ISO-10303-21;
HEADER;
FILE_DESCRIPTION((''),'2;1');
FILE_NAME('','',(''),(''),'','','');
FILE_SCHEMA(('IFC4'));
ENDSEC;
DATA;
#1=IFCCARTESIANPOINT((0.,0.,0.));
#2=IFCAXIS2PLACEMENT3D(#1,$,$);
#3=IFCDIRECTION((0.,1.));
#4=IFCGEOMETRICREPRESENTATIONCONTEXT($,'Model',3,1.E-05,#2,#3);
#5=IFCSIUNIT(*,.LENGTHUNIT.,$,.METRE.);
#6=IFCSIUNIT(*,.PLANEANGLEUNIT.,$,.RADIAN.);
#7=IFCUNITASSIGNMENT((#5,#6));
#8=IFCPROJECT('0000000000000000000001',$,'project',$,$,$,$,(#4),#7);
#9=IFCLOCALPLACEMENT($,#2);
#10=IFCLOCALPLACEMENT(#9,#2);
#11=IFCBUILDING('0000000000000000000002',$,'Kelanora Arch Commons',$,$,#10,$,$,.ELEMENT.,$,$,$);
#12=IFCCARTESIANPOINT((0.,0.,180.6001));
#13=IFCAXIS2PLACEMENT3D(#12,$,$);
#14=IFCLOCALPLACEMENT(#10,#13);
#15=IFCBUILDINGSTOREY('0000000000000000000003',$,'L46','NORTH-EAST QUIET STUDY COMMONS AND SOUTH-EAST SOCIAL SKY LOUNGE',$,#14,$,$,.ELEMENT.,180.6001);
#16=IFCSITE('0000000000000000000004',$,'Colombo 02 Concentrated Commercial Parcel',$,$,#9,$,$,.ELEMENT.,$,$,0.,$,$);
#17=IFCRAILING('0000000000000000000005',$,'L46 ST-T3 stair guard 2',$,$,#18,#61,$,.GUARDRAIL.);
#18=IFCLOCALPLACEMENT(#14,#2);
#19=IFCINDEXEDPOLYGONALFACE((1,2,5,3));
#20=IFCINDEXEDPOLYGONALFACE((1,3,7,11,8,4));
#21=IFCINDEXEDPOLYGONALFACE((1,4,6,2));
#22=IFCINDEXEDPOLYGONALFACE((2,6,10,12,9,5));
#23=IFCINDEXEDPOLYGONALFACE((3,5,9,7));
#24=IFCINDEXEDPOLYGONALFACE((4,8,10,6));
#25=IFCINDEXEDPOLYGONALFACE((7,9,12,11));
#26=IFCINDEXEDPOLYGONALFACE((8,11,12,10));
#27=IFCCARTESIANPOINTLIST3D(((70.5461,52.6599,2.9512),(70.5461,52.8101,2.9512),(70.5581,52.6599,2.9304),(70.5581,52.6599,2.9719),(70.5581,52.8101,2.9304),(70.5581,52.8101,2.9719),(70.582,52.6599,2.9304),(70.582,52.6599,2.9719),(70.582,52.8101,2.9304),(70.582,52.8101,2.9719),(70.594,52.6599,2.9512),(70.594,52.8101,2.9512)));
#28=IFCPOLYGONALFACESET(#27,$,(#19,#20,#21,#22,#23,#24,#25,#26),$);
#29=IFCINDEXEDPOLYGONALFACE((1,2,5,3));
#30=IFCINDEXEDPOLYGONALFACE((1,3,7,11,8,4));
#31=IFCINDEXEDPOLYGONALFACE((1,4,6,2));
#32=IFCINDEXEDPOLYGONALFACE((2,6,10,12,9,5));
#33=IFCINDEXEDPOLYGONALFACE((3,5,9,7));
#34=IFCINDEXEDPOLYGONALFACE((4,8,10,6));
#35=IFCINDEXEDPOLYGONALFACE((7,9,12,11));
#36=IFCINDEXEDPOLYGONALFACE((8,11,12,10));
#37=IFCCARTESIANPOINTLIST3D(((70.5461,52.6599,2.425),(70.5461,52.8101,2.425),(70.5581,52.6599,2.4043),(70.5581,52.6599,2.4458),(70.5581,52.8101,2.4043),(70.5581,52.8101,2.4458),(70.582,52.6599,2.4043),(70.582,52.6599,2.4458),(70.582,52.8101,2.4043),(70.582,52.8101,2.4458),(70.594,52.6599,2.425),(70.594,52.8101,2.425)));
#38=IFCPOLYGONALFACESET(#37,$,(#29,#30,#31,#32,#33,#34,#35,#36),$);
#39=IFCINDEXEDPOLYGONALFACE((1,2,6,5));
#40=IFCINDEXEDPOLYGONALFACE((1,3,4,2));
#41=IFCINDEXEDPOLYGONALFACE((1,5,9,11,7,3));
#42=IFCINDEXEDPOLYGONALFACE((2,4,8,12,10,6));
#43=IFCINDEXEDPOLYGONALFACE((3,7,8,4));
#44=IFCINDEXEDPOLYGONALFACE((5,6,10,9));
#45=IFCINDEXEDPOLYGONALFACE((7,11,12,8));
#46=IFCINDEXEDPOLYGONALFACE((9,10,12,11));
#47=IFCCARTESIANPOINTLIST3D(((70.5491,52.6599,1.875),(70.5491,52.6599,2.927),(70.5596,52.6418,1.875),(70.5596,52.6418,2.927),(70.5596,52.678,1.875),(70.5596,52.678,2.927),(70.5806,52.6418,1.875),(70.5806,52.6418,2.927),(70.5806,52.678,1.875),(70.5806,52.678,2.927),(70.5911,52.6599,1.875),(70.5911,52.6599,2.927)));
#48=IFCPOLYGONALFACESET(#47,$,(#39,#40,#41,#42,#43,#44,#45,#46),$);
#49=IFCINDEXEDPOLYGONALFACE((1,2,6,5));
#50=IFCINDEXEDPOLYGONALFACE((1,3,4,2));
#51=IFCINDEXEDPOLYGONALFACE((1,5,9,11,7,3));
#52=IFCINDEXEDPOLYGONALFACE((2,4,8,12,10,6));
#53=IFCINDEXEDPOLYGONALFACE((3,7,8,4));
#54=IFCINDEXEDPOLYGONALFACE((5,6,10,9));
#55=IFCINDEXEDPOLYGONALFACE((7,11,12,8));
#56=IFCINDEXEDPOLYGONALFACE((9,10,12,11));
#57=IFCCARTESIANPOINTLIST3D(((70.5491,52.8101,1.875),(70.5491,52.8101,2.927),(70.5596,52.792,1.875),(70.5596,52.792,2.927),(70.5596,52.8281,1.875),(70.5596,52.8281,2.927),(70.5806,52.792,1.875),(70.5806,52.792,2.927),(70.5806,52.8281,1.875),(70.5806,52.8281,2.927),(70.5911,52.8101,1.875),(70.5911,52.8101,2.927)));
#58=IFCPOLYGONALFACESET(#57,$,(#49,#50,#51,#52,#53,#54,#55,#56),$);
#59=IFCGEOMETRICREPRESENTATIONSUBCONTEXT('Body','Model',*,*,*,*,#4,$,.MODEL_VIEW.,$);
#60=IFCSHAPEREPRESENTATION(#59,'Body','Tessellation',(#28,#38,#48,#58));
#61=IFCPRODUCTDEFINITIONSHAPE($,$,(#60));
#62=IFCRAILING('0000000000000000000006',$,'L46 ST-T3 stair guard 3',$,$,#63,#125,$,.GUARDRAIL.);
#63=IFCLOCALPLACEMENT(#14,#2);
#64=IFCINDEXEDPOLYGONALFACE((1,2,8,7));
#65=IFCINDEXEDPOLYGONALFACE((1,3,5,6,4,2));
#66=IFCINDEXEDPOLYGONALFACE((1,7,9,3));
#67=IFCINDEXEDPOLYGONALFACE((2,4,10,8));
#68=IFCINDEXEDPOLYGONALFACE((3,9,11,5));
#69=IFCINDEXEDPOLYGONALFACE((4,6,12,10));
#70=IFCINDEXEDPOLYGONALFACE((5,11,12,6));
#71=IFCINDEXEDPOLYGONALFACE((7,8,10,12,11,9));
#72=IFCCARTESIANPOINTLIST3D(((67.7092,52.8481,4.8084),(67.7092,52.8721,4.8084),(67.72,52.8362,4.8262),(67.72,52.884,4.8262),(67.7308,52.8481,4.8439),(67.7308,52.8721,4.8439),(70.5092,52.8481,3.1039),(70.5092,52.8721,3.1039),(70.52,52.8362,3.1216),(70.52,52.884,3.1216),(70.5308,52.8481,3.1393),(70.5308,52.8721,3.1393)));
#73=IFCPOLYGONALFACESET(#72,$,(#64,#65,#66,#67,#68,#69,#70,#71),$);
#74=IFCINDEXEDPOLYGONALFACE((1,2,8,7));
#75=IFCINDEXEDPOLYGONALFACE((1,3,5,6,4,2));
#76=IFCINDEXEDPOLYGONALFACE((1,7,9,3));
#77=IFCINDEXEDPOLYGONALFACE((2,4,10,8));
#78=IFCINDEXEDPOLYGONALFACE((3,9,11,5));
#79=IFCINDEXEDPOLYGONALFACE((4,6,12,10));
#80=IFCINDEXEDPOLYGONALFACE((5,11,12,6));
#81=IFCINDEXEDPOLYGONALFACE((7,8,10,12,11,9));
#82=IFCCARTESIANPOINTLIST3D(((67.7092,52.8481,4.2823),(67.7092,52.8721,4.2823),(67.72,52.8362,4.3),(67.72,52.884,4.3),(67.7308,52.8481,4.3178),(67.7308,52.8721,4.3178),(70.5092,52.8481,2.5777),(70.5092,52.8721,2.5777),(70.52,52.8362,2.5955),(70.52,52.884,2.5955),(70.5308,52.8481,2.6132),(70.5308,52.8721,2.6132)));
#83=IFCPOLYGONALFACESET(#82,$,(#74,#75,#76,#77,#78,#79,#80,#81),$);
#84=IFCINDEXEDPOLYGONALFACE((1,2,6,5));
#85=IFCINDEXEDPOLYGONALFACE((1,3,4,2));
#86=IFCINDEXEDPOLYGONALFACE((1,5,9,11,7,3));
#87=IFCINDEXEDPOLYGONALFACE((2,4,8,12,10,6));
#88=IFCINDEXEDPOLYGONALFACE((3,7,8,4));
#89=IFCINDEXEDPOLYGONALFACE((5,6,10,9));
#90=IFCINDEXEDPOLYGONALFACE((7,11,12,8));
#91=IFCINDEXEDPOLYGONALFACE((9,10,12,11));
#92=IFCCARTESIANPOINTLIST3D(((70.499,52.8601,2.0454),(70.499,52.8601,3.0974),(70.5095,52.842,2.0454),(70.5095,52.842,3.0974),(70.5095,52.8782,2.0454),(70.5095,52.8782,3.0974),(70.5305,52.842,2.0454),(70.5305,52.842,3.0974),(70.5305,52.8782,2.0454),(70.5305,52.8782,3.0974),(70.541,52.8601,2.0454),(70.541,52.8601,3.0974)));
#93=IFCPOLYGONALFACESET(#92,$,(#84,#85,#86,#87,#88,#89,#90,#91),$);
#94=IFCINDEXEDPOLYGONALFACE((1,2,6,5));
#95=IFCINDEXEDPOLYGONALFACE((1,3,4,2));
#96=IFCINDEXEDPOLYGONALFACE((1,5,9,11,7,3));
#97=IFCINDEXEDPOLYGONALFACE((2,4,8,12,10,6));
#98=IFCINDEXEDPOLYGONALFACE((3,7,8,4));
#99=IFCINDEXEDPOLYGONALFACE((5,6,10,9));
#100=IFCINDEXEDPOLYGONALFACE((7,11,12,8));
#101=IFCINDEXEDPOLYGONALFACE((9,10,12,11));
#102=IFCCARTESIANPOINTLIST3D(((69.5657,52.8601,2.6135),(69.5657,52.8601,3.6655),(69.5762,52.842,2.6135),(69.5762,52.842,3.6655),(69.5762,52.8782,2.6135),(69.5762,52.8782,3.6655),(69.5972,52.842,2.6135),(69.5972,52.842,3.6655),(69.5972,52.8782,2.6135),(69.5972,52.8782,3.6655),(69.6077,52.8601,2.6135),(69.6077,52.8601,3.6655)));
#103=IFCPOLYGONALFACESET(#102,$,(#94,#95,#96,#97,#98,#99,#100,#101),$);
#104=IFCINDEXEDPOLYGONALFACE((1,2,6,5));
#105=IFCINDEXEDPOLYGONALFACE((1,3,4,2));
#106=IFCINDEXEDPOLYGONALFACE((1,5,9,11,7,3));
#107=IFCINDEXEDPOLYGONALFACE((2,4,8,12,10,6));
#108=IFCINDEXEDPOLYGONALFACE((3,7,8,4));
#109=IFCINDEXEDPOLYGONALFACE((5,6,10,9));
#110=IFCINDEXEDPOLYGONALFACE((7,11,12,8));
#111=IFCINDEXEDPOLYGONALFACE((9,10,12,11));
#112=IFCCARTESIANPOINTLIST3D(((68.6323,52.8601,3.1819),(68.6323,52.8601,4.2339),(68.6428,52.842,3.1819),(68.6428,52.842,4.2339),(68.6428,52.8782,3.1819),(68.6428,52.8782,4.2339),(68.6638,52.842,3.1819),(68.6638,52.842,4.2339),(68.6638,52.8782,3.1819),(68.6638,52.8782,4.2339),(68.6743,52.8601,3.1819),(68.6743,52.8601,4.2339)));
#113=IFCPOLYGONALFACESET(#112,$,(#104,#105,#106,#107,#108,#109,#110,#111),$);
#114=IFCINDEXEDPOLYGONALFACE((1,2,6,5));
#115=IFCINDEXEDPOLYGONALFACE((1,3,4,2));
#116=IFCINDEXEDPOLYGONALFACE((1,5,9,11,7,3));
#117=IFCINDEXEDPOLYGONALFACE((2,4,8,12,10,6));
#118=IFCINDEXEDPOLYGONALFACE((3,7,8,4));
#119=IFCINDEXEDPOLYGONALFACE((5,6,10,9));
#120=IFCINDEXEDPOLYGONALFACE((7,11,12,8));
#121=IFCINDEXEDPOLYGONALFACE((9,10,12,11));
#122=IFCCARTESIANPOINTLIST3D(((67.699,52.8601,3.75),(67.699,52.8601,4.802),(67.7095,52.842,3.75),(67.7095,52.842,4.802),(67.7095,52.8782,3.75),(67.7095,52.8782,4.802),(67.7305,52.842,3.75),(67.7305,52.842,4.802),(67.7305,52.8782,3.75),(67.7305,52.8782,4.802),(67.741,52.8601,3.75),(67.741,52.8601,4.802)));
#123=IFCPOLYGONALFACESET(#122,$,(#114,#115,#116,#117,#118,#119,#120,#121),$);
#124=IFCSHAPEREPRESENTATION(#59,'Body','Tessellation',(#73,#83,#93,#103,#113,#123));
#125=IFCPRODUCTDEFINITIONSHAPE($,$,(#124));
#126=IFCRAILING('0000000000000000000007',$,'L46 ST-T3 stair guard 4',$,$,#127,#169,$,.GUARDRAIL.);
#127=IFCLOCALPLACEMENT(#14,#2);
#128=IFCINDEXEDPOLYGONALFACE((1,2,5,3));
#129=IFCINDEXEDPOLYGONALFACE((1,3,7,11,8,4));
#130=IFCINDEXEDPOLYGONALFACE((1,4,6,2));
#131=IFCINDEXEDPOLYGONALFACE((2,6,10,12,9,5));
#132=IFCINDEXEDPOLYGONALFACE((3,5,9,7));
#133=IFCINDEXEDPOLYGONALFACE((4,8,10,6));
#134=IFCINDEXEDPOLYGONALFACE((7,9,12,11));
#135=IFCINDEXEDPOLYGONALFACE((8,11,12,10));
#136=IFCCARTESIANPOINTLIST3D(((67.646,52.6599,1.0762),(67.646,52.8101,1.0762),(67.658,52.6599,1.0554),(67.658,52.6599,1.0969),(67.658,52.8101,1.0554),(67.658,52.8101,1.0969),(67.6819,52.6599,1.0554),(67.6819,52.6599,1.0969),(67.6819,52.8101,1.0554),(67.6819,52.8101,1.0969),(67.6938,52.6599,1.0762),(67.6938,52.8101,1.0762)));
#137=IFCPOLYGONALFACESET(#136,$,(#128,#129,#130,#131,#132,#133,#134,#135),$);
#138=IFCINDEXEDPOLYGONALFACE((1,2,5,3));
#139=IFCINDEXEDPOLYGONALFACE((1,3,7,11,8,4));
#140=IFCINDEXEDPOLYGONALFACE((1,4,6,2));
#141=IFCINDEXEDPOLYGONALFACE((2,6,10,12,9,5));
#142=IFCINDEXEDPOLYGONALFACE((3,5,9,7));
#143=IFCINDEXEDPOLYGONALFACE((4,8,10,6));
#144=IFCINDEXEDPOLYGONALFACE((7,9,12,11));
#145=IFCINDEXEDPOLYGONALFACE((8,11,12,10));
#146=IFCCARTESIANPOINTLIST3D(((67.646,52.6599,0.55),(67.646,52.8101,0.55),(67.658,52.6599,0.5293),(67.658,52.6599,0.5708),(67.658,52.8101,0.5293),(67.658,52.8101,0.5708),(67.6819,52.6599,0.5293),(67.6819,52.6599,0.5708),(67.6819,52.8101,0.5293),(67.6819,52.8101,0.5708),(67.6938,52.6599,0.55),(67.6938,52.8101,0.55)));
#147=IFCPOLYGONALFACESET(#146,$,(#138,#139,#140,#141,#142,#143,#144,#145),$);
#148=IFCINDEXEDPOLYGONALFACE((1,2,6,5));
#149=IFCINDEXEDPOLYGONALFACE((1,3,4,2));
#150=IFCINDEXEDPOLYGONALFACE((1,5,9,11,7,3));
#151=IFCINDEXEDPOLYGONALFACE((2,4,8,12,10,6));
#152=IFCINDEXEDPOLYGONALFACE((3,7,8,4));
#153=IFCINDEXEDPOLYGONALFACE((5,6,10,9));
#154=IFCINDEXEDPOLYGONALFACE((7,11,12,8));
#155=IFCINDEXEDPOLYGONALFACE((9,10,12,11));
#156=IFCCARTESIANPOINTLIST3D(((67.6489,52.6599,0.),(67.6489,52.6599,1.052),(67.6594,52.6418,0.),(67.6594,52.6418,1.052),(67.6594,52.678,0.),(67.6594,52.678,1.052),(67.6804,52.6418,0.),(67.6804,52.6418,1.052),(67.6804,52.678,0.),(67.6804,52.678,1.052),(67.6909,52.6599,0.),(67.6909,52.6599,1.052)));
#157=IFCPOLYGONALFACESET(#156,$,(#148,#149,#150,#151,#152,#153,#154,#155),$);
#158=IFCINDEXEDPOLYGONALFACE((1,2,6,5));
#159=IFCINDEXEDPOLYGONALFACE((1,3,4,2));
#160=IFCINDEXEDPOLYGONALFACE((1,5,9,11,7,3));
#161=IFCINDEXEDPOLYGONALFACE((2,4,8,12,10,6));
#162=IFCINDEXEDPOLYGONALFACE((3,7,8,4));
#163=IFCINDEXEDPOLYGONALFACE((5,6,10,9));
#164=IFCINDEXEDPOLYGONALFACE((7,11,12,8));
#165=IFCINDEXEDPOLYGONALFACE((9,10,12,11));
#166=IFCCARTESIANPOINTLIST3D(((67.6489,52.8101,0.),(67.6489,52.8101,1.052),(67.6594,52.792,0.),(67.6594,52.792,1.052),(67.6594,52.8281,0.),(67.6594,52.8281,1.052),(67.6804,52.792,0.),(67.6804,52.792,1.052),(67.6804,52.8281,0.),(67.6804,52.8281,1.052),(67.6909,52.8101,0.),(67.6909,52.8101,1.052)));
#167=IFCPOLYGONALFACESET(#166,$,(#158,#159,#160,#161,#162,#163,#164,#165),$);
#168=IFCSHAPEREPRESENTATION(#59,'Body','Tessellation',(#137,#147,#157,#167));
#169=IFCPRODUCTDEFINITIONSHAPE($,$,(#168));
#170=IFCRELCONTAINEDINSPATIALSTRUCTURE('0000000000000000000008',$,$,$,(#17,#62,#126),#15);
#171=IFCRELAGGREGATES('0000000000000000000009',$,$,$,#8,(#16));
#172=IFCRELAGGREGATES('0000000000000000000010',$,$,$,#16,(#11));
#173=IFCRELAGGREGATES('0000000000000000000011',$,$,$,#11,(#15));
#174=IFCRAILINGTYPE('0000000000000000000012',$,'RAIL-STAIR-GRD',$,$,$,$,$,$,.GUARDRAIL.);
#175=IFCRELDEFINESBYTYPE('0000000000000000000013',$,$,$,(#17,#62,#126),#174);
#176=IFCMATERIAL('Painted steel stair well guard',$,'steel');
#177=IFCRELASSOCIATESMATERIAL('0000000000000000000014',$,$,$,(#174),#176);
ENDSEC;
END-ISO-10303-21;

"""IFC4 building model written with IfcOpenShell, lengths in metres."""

from ifc_helpers import new_model, si_unit, direction, frame, origin, place, context, subcontext, project, spatial, polyline, outline, extrude, material, type_object, element, save


model = new_model("IFC4")

# Units and contexts
model_context = context("Model", 3, precision=1e-05, world=origin(), true_north=direction((0.0, 1.0)))
body_context = subcontext(model_context, "Body", "Model", "MODEL_VIEW")
ifc_project = project(units=[si_unit("LENGTHUNIT", "METRE"), si_unit("PLANEANGLEUNIT", "RADIAN")], contexts=[model_context])

# Site, building, storey
site_placement = place(None, origin())
site = spatial("IfcSite", under=ifc_project, at=site_placement, Name="Colombo 02 Concentrated Commercial Parcel", CompositionType="ELEMENT", RefElevation=0.0)
building_placement = place(site_placement, origin())
building = spatial("IfcBuilding", under=site, at=building_placement, Name="Kelanora Arch Commons", CompositionType="ELEMENT")
storey_placement = place(building_placement, frame((0.0, 0.0, 180.6001)))
storey = spatial("IfcBuildingStorey", under=building, at=storey_placement, Name="L46", Description="NORTH-EAST QUIET STUDY COMMONS AND SOUTH-EAST SOCIAL SKY LOUNGE", CompositionType="ELEMENT", Elevation=180.6001)

# Railings
ifc_material_1 = material(Name="Painted steel stair well guard", Category="steel")
railing_type_1 = type_object("IfcRailingType", Name="RAIL-STAIR-GRD", PredefinedType="GUARDRAIL", material=ifc_material_1)
railing_1_placement = place(storey_placement, frame((70.5701, 52.6599, 1.875)))
element("IfcRailing", 1, at=railing_1_placement, inside=storey, type_object=railing_type_1, Name="L46 ST-T3 stair guard 2", PredefinedType="GUARDRAIL", context=body_context, shape_type="SweptSolid", body=[
    extrude(outline(polyline([(0.0239, 0.0), (0.012, 0.0208), (-0.012, 0.0208), (-0.0239, 0.0), (-0.012, -0.0208), (0.012, -0.0208), (0.0239, 0.0)])), frame((0.0, 0.0, 1.0762), z_axis=(0.0, 1.0, 0.0), x_axis=(-1.0, 0.0, 0.0)), (0.0, 0.0, 1.0), 0.1501),
    extrude(outline(polyline([(0.0239, 0.0), (0.012, 0.0208), (-0.012, 0.0208), (-0.0239, 0.0), (-0.012, -0.0208), (0.012, -0.0208), (0.0239, 0.0)])), frame((0.0, 0.0, 0.55), z_axis=(0.0, 1.0, 0.0), x_axis=(-1.0, 0.0, 0.0)), (0.0, 0.0, 1.0), 0.1501),
    extrude(outline(polyline([(0.021, 0.0), (0.0105, 0.0181), (-0.0105, 0.0181), (-0.021, 0.0), (-0.0105, -0.0181), (0.0105, -0.0181), (0.021, 0.0)])), origin(), (0.0, 0.0, 1.0), 1.052),
    extrude(outline(polyline([(0.021, 0.0), (0.0105, 0.0181), (-0.0105, 0.0181), (-0.021, 0.0), (-0.0105, -0.0181), (0.0105, -0.0181), (0.021, 0.0)])), frame((0.0, 0.1501, 0.0)), (0.0, 0.0, 1.0), 1.052),
])
railing_2_placement = place(storey_placement, frame((70.52, 52.8601, 2.0454)))
element("IfcRailing", 2, at=railing_2_placement, inside=storey, type_object=railing_type_1, Name="L46 ST-T3 stair guard 3", PredefinedType="GUARDRAIL", context=body_context, shape_type="SweptSolid", body=[
    extrude(outline(polyline([(0.0239, 0.0), (0.012, 0.0208), (-0.012, 0.0208), (-0.0239, 0.0), (-0.012, -0.0208), (0.012, -0.0208), (0.0239, 0.0)])), frame((0.0, 0.0, 1.0762), z_axis=(-0.85417, 0.0, 0.519994), x_axis=(0.0, -1.0, 0.0)), (0.0, 0.0, 1.0), 3.2781),
    extrude(outline(polyline([(0.0239, 0.0), (0.012, 0.0208), (-0.012, 0.0208), (-0.0239, 0.0), (-0.012, -0.0208), (0.012, -0.0208), (0.0239, 0.0)])), frame((0.0, 0.0, 0.55), z_axis=(-0.85417, 0.0, 0.519994), x_axis=(0.0, -1.0, 0.0)), (0.0, 0.0, 1.0), 3.2781),
    extrude(outline(polyline([(0.021, 0.0), (0.0105, 0.0181), (-0.0105, 0.0181), (-0.021, 0.0), (-0.0105, -0.0181), (0.0105, -0.0181), (0.021, 0.0)])), origin(), (0.0, 0.0, 1.0), 1.052),
    extrude(outline(polyline([(0.021, 0.0), (0.0105, 0.0181), (-0.0105, 0.0181), (-0.021, 0.0), (-0.0105, -0.0181), (0.0105, -0.0181), (0.021, 0.0)])), frame((-0.9333, 0.0, 0.5681)), (0.0, 0.0, 1.0), 1.052),
    extrude(outline(polyline([(0.021, 0.0), (0.0105, 0.0181), (-0.0105, 0.0181), (-0.021, 0.0), (-0.0105, -0.0181), (0.0105, -0.0181), (0.021, 0.0)])), frame((-1.8667, 0.0, 1.1365)), (0.0, 0.0, 1.0), 1.052),
    extrude(outline(polyline([(0.021, 0.0), (0.0105, 0.0181), (-0.0105, 0.0181), (-0.021, 0.0), (-0.0105, -0.0181), (0.0105, -0.0181), (0.021, 0.0)])), frame((-2.8, 0.0, 1.7046)), (0.0, 0.0, 1.0), 1.052),
])
railing_3_placement = place(storey_placement, frame((67.6699, 52.6599, 0.0)))
element("IfcRailing", 3, at=railing_3_placement, inside=storey, type_object=railing_type_1, Name="L46 ST-T3 stair guard 4", PredefinedType="GUARDRAIL", context=body_context, shape_type="SweptSolid", body=[
    extrude(outline(polyline([(0.0239, 0.0), (0.012, 0.0208), (-0.012, 0.0208), (-0.0239, 0.0), (-0.012, -0.0208), (0.012, -0.0208), (0.0239, 0.0)])), frame((0.0, 0.0, 1.0762), z_axis=(0.0, 1.0, 0.0), x_axis=(-1.0, 0.0, 0.0)), (0.0, 0.0, 1.0), 0.1501),
    extrude(outline(polyline([(0.0239, 0.0), (0.012, 0.0208), (-0.012, 0.0208), (-0.0239, 0.0), (-0.012, -0.0208), (0.012, -0.0208), (0.0239, 0.0)])), frame((0.0, 0.0, 0.55), z_axis=(0.0, 1.0, 0.0), x_axis=(-1.0, 0.0, 0.0)), (0.0, 0.0, 1.0), 0.1501),
    extrude(outline(polyline([(0.021, 0.0), (0.0105, 0.0181), (-0.0105, 0.0181), (-0.021, 0.0), (-0.0105, -0.0181), (0.0105, -0.0181), (0.021, 0.0)])), origin(), (0.0, 0.0, 1.0), 1.052),
    extrude(outline(polyline([(0.021, 0.0), (0.0105, 0.0181), (-0.0105, 0.0181), (-0.021, 0.0), (-0.0105, -0.0181), (0.0105, -0.0181), (0.021, 0.0)])), frame((0.0, 0.1501, 0.0)), (0.0, 0.0, 1.0), 1.052),
])

save(model, "model.ifc")
